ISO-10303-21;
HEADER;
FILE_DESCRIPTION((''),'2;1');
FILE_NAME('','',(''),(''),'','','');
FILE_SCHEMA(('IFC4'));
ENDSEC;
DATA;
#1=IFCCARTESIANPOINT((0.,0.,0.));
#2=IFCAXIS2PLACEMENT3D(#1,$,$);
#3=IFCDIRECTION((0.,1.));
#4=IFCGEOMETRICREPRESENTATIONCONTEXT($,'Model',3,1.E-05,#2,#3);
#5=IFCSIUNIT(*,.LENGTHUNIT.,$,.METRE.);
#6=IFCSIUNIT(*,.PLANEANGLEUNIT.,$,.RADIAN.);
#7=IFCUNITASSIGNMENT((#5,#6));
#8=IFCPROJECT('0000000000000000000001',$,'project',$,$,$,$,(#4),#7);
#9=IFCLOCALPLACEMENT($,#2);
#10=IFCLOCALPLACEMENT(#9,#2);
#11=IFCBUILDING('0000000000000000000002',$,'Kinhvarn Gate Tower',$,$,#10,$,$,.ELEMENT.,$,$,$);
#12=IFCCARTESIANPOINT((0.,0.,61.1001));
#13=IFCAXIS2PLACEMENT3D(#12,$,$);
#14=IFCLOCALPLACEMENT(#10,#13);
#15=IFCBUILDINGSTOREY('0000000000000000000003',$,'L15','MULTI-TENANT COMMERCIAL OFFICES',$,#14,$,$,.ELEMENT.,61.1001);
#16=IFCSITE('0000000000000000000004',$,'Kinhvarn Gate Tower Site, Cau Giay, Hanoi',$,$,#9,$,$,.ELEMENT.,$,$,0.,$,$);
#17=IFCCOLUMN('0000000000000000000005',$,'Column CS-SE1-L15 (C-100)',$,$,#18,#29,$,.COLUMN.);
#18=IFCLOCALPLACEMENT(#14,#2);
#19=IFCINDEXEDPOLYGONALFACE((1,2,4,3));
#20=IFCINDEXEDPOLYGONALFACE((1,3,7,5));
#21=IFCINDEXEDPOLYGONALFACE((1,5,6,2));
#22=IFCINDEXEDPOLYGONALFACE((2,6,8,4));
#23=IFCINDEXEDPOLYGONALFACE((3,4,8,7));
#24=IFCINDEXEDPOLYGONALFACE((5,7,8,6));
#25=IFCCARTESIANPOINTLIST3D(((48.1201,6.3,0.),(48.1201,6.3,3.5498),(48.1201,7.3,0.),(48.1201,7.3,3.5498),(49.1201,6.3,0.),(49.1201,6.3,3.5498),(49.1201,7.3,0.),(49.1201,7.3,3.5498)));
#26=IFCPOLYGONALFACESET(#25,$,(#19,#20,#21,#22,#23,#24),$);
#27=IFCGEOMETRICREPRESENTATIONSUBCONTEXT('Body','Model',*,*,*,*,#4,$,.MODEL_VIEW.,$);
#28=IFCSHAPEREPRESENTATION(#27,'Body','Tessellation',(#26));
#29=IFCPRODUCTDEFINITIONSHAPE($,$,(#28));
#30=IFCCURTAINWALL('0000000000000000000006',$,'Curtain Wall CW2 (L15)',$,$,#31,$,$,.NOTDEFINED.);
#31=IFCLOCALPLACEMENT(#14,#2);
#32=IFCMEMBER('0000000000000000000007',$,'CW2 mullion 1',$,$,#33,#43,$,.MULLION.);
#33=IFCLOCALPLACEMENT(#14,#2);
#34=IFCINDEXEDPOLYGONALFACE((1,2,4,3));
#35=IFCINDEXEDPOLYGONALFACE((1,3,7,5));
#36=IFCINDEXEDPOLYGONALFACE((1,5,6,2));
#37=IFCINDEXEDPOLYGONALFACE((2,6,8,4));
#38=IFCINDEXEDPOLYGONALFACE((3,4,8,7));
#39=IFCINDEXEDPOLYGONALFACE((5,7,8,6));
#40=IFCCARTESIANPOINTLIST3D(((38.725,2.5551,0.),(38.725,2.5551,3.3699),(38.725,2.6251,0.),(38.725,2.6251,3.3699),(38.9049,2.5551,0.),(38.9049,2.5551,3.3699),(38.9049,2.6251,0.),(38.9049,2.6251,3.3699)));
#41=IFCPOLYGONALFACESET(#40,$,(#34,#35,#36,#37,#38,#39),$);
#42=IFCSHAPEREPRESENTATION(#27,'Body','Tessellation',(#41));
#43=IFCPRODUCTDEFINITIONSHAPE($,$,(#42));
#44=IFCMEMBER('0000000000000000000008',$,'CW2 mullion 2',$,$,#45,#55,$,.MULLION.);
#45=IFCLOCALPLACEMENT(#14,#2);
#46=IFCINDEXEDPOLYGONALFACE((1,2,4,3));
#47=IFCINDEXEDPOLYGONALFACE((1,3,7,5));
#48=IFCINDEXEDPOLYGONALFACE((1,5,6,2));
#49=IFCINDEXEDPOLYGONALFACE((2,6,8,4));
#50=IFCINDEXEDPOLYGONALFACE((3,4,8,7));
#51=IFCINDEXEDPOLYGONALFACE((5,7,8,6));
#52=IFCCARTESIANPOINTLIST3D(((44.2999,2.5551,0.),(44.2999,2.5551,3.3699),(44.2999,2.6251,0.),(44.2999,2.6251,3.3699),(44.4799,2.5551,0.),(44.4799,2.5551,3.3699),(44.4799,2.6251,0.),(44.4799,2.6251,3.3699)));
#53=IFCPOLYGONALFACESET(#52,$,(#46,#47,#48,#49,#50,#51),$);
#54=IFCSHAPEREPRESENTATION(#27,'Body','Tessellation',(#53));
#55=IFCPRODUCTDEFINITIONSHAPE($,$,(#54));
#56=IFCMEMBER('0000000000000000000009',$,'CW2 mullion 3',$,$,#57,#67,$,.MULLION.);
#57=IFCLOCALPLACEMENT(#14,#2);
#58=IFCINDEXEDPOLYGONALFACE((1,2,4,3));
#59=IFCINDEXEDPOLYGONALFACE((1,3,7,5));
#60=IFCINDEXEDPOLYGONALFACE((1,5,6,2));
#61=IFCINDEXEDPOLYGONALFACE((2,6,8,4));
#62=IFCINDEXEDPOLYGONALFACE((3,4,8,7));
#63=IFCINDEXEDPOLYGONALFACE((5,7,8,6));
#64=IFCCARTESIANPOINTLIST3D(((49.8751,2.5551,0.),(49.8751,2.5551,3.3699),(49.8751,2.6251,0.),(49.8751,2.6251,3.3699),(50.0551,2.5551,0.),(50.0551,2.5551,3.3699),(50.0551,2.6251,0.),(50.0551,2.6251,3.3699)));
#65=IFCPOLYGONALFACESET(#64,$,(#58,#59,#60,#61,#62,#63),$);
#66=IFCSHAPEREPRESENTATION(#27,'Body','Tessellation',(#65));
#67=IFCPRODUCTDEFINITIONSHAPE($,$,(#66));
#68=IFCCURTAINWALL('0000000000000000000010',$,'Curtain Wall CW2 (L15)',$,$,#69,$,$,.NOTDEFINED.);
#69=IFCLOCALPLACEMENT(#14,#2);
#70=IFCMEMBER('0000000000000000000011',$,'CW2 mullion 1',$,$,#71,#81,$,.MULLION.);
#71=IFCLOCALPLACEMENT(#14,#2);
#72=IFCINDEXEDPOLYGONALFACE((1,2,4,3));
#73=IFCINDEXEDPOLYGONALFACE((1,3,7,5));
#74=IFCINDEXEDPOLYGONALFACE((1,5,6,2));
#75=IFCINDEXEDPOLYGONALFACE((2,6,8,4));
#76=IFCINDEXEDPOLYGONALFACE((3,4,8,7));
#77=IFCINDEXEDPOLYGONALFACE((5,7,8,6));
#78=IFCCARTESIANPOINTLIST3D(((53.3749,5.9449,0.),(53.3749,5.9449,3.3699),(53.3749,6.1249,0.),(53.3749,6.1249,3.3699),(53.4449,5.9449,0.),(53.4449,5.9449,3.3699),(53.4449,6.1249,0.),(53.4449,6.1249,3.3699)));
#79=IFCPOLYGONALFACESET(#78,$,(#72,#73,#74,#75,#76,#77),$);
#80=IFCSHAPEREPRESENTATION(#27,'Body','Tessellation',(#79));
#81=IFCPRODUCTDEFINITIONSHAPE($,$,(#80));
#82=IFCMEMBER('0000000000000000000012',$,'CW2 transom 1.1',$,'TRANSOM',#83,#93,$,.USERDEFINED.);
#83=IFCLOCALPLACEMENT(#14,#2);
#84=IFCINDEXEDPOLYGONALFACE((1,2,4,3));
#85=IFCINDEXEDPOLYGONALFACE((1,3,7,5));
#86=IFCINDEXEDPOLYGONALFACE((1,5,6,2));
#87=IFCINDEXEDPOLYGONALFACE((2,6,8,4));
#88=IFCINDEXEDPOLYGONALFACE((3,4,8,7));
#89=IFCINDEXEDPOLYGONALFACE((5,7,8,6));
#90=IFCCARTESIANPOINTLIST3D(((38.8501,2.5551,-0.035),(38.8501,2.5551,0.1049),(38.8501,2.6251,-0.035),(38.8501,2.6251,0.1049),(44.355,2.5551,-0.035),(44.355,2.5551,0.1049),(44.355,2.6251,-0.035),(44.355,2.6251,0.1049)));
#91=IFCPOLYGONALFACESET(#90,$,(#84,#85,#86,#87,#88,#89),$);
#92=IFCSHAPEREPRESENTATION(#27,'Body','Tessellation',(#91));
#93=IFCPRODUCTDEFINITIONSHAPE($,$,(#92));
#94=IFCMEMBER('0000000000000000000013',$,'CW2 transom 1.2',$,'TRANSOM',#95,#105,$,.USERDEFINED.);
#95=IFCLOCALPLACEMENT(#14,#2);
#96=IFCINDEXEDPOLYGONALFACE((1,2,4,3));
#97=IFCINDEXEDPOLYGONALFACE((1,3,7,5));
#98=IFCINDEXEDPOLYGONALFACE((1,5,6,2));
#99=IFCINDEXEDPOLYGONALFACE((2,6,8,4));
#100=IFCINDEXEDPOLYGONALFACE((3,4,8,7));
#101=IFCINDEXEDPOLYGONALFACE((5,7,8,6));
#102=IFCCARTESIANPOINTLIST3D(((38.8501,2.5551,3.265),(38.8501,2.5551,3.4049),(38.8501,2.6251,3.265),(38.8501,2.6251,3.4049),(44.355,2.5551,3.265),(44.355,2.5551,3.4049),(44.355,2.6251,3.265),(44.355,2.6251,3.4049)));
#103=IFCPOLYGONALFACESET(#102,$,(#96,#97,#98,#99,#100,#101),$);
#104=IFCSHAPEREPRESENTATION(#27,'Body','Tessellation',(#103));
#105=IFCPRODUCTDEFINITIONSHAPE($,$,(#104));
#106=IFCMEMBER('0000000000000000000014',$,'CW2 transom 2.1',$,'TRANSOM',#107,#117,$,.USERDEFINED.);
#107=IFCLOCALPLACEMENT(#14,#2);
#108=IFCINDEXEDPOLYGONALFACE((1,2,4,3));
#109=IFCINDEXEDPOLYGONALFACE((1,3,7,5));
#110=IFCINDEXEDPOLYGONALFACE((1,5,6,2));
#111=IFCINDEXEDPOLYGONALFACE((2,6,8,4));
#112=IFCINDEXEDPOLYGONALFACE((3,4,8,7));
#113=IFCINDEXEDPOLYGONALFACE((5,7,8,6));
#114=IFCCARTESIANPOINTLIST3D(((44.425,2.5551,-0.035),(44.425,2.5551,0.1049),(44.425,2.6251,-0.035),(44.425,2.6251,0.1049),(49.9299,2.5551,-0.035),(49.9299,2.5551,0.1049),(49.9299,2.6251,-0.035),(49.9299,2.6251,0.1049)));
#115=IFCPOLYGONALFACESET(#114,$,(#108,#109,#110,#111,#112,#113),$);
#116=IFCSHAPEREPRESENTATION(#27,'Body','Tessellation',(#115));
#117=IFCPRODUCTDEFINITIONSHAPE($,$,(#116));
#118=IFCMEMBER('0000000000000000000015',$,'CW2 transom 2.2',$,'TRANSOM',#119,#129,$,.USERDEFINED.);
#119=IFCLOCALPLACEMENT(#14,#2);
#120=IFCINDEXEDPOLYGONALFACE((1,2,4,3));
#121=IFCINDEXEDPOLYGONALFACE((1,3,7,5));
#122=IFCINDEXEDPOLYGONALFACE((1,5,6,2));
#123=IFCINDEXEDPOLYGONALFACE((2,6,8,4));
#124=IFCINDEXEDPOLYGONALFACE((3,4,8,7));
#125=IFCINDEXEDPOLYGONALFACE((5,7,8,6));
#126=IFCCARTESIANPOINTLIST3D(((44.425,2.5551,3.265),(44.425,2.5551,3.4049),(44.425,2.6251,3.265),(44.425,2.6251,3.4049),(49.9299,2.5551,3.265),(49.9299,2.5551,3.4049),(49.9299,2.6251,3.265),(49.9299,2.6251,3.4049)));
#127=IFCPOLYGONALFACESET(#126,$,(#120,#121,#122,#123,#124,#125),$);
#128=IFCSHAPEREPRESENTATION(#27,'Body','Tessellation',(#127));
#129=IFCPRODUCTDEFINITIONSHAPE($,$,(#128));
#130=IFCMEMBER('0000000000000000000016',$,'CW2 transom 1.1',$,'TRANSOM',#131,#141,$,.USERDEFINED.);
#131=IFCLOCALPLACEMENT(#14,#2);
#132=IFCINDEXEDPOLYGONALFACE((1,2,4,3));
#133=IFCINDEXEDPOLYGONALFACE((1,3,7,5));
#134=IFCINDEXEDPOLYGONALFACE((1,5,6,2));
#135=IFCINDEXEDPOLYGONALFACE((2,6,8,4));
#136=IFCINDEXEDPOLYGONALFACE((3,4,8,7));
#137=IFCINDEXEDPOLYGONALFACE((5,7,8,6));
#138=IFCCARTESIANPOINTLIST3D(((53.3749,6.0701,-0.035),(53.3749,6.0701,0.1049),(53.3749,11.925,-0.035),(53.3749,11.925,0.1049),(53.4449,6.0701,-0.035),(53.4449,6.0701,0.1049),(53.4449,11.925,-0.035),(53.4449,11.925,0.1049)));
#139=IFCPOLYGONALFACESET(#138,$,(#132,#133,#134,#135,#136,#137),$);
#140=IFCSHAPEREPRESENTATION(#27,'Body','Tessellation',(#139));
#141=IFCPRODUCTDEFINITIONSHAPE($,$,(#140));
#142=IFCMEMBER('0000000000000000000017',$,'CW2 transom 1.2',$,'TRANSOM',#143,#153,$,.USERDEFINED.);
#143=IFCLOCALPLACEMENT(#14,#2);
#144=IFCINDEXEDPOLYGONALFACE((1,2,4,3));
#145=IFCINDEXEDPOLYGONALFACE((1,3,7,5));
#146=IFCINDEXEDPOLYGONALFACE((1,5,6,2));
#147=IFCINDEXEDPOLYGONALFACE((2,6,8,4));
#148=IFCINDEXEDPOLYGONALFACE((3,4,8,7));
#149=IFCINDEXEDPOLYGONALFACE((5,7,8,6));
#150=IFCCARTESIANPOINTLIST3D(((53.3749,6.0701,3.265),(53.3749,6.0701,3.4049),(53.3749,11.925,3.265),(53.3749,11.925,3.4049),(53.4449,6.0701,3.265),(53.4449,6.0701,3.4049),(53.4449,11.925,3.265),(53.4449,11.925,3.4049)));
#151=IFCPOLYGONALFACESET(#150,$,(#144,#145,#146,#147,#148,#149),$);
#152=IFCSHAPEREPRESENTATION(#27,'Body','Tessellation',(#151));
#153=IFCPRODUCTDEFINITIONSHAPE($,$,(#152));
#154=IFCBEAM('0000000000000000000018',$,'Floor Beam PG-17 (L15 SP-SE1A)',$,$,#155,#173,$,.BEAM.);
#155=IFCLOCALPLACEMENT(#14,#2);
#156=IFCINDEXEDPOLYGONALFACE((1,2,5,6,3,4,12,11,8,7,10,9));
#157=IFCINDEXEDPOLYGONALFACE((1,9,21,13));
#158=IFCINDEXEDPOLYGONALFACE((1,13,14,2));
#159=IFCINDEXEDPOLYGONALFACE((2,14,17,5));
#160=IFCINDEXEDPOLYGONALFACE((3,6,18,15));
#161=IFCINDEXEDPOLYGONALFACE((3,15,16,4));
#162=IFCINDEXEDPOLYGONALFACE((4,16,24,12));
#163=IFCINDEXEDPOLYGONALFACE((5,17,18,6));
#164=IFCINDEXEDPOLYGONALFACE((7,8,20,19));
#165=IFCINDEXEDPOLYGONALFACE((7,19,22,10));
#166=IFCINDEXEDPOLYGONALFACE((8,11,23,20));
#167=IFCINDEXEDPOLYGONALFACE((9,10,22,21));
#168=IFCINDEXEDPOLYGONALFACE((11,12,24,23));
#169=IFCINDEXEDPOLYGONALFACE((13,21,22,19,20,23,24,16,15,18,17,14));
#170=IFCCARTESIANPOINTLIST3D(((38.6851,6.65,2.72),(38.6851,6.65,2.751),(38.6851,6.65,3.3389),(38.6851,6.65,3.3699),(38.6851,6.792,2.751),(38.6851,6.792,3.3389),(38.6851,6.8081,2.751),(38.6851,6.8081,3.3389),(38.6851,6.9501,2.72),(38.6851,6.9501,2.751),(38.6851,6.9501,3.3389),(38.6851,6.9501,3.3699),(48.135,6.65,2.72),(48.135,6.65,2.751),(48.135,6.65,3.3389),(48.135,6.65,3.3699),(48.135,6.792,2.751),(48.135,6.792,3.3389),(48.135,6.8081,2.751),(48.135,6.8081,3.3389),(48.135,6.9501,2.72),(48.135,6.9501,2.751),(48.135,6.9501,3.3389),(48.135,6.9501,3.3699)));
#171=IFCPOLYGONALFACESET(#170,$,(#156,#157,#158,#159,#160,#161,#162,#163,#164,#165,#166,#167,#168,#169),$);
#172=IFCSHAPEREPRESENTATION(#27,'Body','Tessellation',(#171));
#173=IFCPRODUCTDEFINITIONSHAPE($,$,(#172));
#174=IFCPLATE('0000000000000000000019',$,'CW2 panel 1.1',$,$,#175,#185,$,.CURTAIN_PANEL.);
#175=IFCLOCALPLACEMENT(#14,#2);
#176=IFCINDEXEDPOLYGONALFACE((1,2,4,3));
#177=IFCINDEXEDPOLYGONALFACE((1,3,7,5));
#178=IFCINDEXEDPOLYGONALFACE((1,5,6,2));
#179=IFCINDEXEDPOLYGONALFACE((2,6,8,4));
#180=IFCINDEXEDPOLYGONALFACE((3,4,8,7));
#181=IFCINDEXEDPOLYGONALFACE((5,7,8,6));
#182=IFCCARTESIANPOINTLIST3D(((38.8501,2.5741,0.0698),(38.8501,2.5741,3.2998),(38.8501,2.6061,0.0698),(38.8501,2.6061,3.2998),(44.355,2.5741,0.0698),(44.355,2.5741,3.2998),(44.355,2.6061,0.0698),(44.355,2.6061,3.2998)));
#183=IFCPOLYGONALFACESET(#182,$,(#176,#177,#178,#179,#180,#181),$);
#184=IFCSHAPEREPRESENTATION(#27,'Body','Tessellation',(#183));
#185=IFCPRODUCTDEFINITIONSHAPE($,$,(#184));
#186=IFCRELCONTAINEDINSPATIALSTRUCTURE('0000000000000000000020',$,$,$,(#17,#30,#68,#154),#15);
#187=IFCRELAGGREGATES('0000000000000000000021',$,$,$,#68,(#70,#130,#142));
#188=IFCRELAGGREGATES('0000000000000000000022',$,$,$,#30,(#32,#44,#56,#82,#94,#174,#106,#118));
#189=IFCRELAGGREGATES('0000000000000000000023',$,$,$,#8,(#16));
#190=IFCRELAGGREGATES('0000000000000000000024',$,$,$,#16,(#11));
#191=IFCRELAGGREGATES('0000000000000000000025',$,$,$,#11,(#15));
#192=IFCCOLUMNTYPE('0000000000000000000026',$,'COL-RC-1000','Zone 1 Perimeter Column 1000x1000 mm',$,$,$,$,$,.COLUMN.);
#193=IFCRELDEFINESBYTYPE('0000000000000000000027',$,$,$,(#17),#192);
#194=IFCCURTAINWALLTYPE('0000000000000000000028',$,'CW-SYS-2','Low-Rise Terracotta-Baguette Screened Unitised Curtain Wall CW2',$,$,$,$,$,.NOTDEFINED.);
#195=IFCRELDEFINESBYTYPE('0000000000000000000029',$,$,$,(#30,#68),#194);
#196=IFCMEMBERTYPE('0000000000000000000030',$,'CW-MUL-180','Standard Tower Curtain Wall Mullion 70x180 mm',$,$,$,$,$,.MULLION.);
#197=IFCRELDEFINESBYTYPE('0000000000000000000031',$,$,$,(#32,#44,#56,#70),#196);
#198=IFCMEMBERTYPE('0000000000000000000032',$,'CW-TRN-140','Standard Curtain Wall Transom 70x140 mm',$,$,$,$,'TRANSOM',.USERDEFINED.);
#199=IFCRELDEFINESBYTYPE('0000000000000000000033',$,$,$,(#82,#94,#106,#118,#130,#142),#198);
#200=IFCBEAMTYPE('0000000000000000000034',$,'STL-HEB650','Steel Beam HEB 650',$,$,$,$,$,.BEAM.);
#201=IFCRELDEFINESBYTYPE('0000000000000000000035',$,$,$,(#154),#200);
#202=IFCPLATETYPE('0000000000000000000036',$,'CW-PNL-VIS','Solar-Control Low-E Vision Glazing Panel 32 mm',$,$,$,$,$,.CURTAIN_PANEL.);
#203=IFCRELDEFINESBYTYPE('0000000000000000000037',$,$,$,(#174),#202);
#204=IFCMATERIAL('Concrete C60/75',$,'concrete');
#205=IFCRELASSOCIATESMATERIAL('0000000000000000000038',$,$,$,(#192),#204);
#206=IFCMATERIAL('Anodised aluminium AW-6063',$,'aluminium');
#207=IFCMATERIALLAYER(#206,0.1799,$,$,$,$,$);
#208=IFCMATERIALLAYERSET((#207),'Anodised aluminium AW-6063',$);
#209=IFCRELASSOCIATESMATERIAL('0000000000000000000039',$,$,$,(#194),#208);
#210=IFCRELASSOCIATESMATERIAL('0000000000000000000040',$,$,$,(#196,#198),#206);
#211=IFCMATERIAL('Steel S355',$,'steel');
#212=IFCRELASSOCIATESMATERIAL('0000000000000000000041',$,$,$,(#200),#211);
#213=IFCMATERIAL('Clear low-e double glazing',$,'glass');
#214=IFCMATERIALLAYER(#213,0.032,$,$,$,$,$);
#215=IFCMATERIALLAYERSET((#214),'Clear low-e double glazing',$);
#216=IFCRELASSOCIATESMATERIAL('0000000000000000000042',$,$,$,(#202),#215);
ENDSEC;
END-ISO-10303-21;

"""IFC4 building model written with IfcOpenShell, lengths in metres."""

from ifc_helpers import new_model, si_unit, direction, frame, origin, origin_2d, place, context, subcontext, project, spatial, rectangle, i_section, extrude, material, layer, layer_set, material_profile, profile_set, type_object, element, aggregate, save


model = new_model("IFC4")

# Units and contexts
model_context = context("Model", 3, precision=1e-05, world=origin(), true_north=direction((0.0, 1.0)))
body_context = subcontext(model_context, "Body", "Model", "MODEL_VIEW")
ifc_project = project(units=[si_unit("LENGTHUNIT", "METRE"), si_unit("PLANEANGLEUNIT", "RADIAN")], contexts=[model_context])

# Site, building, storey
site_placement = place(None, origin())
site = spatial("IfcSite", under=ifc_project, at=site_placement, Name="Kinhvarn Gate Tower Site, Cau Giay, Hanoi", CompositionType="ELEMENT", RefElevation=0.0)
building_placement = place(site_placement, origin())
building = spatial("IfcBuilding", under=site, at=building_placement, Name="Kinhvarn Gate Tower", CompositionType="ELEMENT")
storey_placement = place(building_placement, frame((0.0, 0.0, 61.1001)))
storey = spatial("IfcBuildingStorey", under=building, at=storey_placement, Name="L15", Description="MULTI-TENANT COMMERCIAL OFFICES", CompositionType="ELEMENT", Elevation=61.1001)

# Column
ifc_material_1 = material(Name="Concrete C60/75", Category="concrete")
ifc_material_profile_1 = material_profile(ifc_material_1, rectangle(XDim=1.0, YDim=1.0, at=origin_2d()), Name="RC 1000x1000")
ifc_profile_set_1 = profile_set([ifc_material_profile_1], Name="Concrete C60/75")
column_type = type_object("IfcColumnType", Name="COL-RC-1000", Description="Zone 1 Perimeter Column 1000x1000 mm", PredefinedType="COLUMN", material=ifc_profile_set_1)
column_placement = place(storey_placement, frame((48.6201, 6.8, 0.0), z_axis=(0.0, 0.0, 1.0), x_axis=(1.0, 0.0, 0.0)))
element("IfcColumn", 1, at=column_placement, inside=storey, type_object=column_type, Name="Column CS-SE1-L15 (C-100)", PredefinedType="COLUMN", context=body_context, shape_type="SweptSolid", body=[
    extrude(rectangle(XDim=1.0, YDim=1.0, at=origin_2d()), origin(), (0.0, 0.0, 1.0), 3.5498),
])

# Curtain wall, members
ifc_material_2 = material(Name="Anodised aluminium AW-6063", Category="aluminium")
ifc_layer_1 = layer(ifc_material_2, 0.1799)
ifc_layer_set_1 = layer_set([ifc_layer_1], Name="Anodised aluminium AW-6063")
curtain_wall_type = type_object("IfcCurtainWallType", Name="CW-SYS-2", Description="Low-Rise Terracotta-Baguette Screened Unitised Curtain Wall CW2", PredefinedType="NOTDEFINED", material=ifc_layer_set_1)
curtain_wall_1_placement = place(storey_placement, origin())
curtain_wall_1 = element("IfcCurtainWall", 2, at=curtain_wall_1_placement, inside=storey, type_object=curtain_wall_type, Name="Curtain Wall CW2 (L15)", PredefinedType="NOTDEFINED")
ifc_material_profile_2 = material_profile(ifc_material_2, rectangle(XDim=0.0701, YDim=0.1799, at=origin_2d()), Name="ALU 70x180")
ifc_profile_set_2 = profile_set([ifc_material_profile_2], Name="Anodised aluminium AW-6063")
member_type_1 = type_object("IfcMemberType", Name="CW-MUL-180", Description="Standard Tower Curtain Wall Mullion 70x180 mm", PredefinedType="MULLION", material=ifc_profile_set_2)
member_1_placement = place(storey_placement, frame((38.8149, 2.5901, 0.0), z_axis=(0.0, 0.0, 1.0), x_axis=(0.0, 1.0, 0.0)))
member_1 = element("IfcMember", 3, at=member_1_placement, type_object=member_type_1, Name="CW2 mullion 1", PredefinedType="MULLION", context=body_context, shape_type="SweptSolid", body=[
    extrude(rectangle(XDim=0.0701, YDim=0.1799, at=origin_2d()), origin(), (0.0, 0.0, 1.0), 3.3699),
])
member_2_placement = place(storey_placement, frame((44.3899, 2.5901, 0.0), z_axis=(0.0, 0.0, 1.0), x_axis=(0.0, 1.0, 0.0)))
member_2 = element("IfcMember", 4, at=member_2_placement, type_object=member_type_1, Name="CW2 mullion 2", PredefinedType="MULLION", context=body_context, shape_type="SweptSolid", body=[
    extrude(rectangle(XDim=0.0701, YDim=0.1799, at=origin_2d()), origin(), (0.0, 0.0, 1.0), 3.3699),
])
member_3_placement = place(storey_placement, frame((49.9651, 2.5901, 0.0), z_axis=(0.0, 0.0, 1.0), x_axis=(0.0, 1.0, 0.0)))
member_3 = element("IfcMember", 5, at=member_3_placement, type_object=member_type_1, Name="CW2 mullion 3", PredefinedType="MULLION", context=body_context, shape_type="SweptSolid", body=[
    extrude(rectangle(XDim=0.0701, YDim=0.1799, at=origin_2d()), origin(), (0.0, 0.0, 1.0), 3.3699),
])

# Curtain wall, member
curtain_wall_2_placement = place(storey_placement, origin())
curtain_wall_2 = element("IfcCurtainWall", 6, at=curtain_wall_2_placement, inside=storey, type_object=curtain_wall_type, Name="Curtain Wall CW2 (L15)", PredefinedType="NOTDEFINED")
member_4_placement = place(storey_placement, frame((53.4099, 6.0349, 0.0), z_axis=(0.0, 0.0, 1.0), x_axis=(-1.0, 0.0, 0.0)))
member_4 = element("IfcMember", 7, at=member_4_placement, type_object=member_type_1, Name="CW2 mullion 1", PredefinedType="MULLION", context=body_context, shape_type="SweptSolid", body=[
    extrude(rectangle(XDim=0.0701, YDim=0.1799, at=origin_2d()), origin(), (0.0, 0.0, 1.0), 3.3699),
])

# Members
ifc_material_profile_3 = material_profile(ifc_material_2, rectangle(XDim=0.0701, YDim=0.1399, at=origin_2d()), Name="ALU 70x140")
ifc_profile_set_3 = profile_set([ifc_material_profile_3], Name="Anodised aluminium AW-6063")
member_type_2 = type_object("IfcMemberType", Name="CW-TRN-140", Description="Standard Curtain Wall Transom 70x140 mm", ElementType="TRANSOM", PredefinedType="USERDEFINED", material=ifc_profile_set_3)
member_5_placement = place(storey_placement, frame((38.8501, 2.5901, 0.0349), z_axis=(1.0, 0.0, 0.0), x_axis=(0.0, 1.0, 0.0)))
member_5 = element("IfcMember", 8, at=member_5_placement, type_object=member_type_2, Name="CW2 transom 1.1", ObjectType="TRANSOM", PredefinedType="USERDEFINED", context=body_context, shape_type="SweptSolid", body=[
    extrude(rectangle(XDim=0.0701, YDim=0.1399, at=origin_2d()), origin(), (0.0, 0.0, 1.0), 5.5049),
])
member_6_placement = place(storey_placement, frame((38.8501, 2.5901, 3.335), z_axis=(1.0, 0.0, 0.0), x_axis=(0.0, 1.0, 0.0)))
member_6 = element("IfcMember", 9, at=member_6_placement, type_object=member_type_2, Name="CW2 transom 1.2", ObjectType="TRANSOM", PredefinedType="USERDEFINED", context=body_context, shape_type="SweptSolid", body=[
    extrude(rectangle(XDim=0.0701, YDim=0.1399, at=origin_2d()), origin(), (0.0, 0.0, 1.0), 5.5049),
])
member_7_placement = place(storey_placement, frame((44.425, 2.5901, 0.0349), z_axis=(1.0, 0.0, 0.0), x_axis=(0.0, 1.0, 0.0)))
member_7 = element("IfcMember", 10, at=member_7_placement, type_object=member_type_2, Name="CW2 transom 2.1", ObjectType="TRANSOM", PredefinedType="USERDEFINED", context=body_context, shape_type="SweptSolid", body=[
    extrude(rectangle(XDim=0.0701, YDim=0.1399, at=origin_2d()), origin(), (0.0, 0.0, 1.0), 5.5049),
])
member_8_placement = place(storey_placement, frame((44.425, 2.5901, 3.335), z_axis=(1.0, 0.0, 0.0), x_axis=(0.0, 1.0, 0.0)))
member_8 = element("IfcMember", 11, at=member_8_placement, type_object=member_type_2, Name="CW2 transom 2.2", ObjectType="TRANSOM", PredefinedType="USERDEFINED", context=body_context, shape_type="SweptSolid", body=[
    extrude(rectangle(XDim=0.0701, YDim=0.1399, at=origin_2d()), origin(), (0.0, 0.0, 1.0), 5.5049),
])
member_9_placement = place(storey_placement, frame((53.4099, 6.0701, 0.0349), z_axis=(0.0, 1.0, 0.0), x_axis=(-1.0, 0.0, 0.0)))
member_9 = element("IfcMember", 12, at=member_9_placement, type_object=member_type_2, Name="CW2 transom 1.1", ObjectType="TRANSOM", PredefinedType="USERDEFINED", context=body_context, shape_type="SweptSolid", body=[
    extrude(rectangle(XDim=0.0701, YDim=0.1399, at=origin_2d()), origin(), (0.0, 0.0, 1.0), 5.855),
])
member_10_placement = place(storey_placement, frame((53.4099, 6.0701, 3.335), z_axis=(0.0, 1.0, 0.0), x_axis=(-1.0, 0.0, 0.0)))
member_10 = element("IfcMember", 13, at=member_10_placement, type_object=member_type_2, Name="CW2 transom 1.2", ObjectType="TRANSOM", PredefinedType="USERDEFINED", context=body_context, shape_type="SweptSolid", body=[
    extrude(rectangle(XDim=0.0701, YDim=0.1399, at=origin_2d()), origin(), (0.0, 0.0, 1.0), 5.855),
])
aggregate(curtain_wall_2, [member_4, member_9, member_10])

# Beam
ifc_material_3 = material(Name="Steel S355", Category="steel")
ifc_material_profile_4 = material_profile(ifc_material_3, i_section(OverallWidth=0.3, OverallDepth=0.6499, WebThickness=0.0161, FlangeThickness=0.031, at=origin_2d()), Name="HEB 650")
ifc_profile_set_4 = profile_set([ifc_material_profile_4], Name="Steel S355")
beam_type = type_object("IfcBeamType", Name="STL-HEB650", Description="Steel Beam HEB 650", PredefinedType="BEAM", material=ifc_profile_set_4)
beam_placement = place(storey_placement, frame((38.6851, 6.8, 3.0449), z_axis=(1.0, 0.0, 0.0), x_axis=(0.0, 1.0, 0.0)))
element("IfcBeam", 14, at=beam_placement, inside=storey, type_object=beam_type, Name="Floor Beam PG-17 (L15 SP-SE1A)", PredefinedType="BEAM", context=body_context, shape_type="SweptSolid", body=[
    extrude(i_section(OverallWidth=0.3, OverallDepth=0.6499, WebThickness=0.0161, FlangeThickness=0.031, at=origin_2d()), origin(), (0.0, 0.0, 1.0), 9.45),
])

# Plate
ifc_material_4 = material(Name="Clear low-e double glazing", Category="glass")
ifc_layer_2 = layer(ifc_material_4, 0.032)
ifc_layer_set_2 = layer_set([ifc_layer_2], Name="Clear low-e double glazing")
plate_type = type_object("IfcPlateType", Name="CW-PNL-VIS", Description="Solar-Control Low-E Vision Glazing Panel 32 mm", PredefinedType="CURTAIN_PANEL", material=ifc_layer_set_2)
plate_1_placement = place(storey_placement, frame((41.6025, 2.5901, 0.0698), z_axis=(0.0, 0.0, 1.0), x_axis=(1.0, 0.0, 0.0)))
plate_1 = element("IfcPlate", 15, at=plate_1_placement, type_object=plate_type, Name="CW2 panel 1.1", PredefinedType="CURTAIN_PANEL", context=body_context, shape_type="SweptSolid", body=[
    extrude(rectangle(XDim=5.5049, YDim=0.032, at=origin_2d()), origin(), (0.0, 0.0, 1.0), 3.23),
])
aggregate(curtain_wall_1, [member_1, member_2, member_3, member_5, member_6, plate_1, member_7, member_8])

save(model, "model.ifc")
